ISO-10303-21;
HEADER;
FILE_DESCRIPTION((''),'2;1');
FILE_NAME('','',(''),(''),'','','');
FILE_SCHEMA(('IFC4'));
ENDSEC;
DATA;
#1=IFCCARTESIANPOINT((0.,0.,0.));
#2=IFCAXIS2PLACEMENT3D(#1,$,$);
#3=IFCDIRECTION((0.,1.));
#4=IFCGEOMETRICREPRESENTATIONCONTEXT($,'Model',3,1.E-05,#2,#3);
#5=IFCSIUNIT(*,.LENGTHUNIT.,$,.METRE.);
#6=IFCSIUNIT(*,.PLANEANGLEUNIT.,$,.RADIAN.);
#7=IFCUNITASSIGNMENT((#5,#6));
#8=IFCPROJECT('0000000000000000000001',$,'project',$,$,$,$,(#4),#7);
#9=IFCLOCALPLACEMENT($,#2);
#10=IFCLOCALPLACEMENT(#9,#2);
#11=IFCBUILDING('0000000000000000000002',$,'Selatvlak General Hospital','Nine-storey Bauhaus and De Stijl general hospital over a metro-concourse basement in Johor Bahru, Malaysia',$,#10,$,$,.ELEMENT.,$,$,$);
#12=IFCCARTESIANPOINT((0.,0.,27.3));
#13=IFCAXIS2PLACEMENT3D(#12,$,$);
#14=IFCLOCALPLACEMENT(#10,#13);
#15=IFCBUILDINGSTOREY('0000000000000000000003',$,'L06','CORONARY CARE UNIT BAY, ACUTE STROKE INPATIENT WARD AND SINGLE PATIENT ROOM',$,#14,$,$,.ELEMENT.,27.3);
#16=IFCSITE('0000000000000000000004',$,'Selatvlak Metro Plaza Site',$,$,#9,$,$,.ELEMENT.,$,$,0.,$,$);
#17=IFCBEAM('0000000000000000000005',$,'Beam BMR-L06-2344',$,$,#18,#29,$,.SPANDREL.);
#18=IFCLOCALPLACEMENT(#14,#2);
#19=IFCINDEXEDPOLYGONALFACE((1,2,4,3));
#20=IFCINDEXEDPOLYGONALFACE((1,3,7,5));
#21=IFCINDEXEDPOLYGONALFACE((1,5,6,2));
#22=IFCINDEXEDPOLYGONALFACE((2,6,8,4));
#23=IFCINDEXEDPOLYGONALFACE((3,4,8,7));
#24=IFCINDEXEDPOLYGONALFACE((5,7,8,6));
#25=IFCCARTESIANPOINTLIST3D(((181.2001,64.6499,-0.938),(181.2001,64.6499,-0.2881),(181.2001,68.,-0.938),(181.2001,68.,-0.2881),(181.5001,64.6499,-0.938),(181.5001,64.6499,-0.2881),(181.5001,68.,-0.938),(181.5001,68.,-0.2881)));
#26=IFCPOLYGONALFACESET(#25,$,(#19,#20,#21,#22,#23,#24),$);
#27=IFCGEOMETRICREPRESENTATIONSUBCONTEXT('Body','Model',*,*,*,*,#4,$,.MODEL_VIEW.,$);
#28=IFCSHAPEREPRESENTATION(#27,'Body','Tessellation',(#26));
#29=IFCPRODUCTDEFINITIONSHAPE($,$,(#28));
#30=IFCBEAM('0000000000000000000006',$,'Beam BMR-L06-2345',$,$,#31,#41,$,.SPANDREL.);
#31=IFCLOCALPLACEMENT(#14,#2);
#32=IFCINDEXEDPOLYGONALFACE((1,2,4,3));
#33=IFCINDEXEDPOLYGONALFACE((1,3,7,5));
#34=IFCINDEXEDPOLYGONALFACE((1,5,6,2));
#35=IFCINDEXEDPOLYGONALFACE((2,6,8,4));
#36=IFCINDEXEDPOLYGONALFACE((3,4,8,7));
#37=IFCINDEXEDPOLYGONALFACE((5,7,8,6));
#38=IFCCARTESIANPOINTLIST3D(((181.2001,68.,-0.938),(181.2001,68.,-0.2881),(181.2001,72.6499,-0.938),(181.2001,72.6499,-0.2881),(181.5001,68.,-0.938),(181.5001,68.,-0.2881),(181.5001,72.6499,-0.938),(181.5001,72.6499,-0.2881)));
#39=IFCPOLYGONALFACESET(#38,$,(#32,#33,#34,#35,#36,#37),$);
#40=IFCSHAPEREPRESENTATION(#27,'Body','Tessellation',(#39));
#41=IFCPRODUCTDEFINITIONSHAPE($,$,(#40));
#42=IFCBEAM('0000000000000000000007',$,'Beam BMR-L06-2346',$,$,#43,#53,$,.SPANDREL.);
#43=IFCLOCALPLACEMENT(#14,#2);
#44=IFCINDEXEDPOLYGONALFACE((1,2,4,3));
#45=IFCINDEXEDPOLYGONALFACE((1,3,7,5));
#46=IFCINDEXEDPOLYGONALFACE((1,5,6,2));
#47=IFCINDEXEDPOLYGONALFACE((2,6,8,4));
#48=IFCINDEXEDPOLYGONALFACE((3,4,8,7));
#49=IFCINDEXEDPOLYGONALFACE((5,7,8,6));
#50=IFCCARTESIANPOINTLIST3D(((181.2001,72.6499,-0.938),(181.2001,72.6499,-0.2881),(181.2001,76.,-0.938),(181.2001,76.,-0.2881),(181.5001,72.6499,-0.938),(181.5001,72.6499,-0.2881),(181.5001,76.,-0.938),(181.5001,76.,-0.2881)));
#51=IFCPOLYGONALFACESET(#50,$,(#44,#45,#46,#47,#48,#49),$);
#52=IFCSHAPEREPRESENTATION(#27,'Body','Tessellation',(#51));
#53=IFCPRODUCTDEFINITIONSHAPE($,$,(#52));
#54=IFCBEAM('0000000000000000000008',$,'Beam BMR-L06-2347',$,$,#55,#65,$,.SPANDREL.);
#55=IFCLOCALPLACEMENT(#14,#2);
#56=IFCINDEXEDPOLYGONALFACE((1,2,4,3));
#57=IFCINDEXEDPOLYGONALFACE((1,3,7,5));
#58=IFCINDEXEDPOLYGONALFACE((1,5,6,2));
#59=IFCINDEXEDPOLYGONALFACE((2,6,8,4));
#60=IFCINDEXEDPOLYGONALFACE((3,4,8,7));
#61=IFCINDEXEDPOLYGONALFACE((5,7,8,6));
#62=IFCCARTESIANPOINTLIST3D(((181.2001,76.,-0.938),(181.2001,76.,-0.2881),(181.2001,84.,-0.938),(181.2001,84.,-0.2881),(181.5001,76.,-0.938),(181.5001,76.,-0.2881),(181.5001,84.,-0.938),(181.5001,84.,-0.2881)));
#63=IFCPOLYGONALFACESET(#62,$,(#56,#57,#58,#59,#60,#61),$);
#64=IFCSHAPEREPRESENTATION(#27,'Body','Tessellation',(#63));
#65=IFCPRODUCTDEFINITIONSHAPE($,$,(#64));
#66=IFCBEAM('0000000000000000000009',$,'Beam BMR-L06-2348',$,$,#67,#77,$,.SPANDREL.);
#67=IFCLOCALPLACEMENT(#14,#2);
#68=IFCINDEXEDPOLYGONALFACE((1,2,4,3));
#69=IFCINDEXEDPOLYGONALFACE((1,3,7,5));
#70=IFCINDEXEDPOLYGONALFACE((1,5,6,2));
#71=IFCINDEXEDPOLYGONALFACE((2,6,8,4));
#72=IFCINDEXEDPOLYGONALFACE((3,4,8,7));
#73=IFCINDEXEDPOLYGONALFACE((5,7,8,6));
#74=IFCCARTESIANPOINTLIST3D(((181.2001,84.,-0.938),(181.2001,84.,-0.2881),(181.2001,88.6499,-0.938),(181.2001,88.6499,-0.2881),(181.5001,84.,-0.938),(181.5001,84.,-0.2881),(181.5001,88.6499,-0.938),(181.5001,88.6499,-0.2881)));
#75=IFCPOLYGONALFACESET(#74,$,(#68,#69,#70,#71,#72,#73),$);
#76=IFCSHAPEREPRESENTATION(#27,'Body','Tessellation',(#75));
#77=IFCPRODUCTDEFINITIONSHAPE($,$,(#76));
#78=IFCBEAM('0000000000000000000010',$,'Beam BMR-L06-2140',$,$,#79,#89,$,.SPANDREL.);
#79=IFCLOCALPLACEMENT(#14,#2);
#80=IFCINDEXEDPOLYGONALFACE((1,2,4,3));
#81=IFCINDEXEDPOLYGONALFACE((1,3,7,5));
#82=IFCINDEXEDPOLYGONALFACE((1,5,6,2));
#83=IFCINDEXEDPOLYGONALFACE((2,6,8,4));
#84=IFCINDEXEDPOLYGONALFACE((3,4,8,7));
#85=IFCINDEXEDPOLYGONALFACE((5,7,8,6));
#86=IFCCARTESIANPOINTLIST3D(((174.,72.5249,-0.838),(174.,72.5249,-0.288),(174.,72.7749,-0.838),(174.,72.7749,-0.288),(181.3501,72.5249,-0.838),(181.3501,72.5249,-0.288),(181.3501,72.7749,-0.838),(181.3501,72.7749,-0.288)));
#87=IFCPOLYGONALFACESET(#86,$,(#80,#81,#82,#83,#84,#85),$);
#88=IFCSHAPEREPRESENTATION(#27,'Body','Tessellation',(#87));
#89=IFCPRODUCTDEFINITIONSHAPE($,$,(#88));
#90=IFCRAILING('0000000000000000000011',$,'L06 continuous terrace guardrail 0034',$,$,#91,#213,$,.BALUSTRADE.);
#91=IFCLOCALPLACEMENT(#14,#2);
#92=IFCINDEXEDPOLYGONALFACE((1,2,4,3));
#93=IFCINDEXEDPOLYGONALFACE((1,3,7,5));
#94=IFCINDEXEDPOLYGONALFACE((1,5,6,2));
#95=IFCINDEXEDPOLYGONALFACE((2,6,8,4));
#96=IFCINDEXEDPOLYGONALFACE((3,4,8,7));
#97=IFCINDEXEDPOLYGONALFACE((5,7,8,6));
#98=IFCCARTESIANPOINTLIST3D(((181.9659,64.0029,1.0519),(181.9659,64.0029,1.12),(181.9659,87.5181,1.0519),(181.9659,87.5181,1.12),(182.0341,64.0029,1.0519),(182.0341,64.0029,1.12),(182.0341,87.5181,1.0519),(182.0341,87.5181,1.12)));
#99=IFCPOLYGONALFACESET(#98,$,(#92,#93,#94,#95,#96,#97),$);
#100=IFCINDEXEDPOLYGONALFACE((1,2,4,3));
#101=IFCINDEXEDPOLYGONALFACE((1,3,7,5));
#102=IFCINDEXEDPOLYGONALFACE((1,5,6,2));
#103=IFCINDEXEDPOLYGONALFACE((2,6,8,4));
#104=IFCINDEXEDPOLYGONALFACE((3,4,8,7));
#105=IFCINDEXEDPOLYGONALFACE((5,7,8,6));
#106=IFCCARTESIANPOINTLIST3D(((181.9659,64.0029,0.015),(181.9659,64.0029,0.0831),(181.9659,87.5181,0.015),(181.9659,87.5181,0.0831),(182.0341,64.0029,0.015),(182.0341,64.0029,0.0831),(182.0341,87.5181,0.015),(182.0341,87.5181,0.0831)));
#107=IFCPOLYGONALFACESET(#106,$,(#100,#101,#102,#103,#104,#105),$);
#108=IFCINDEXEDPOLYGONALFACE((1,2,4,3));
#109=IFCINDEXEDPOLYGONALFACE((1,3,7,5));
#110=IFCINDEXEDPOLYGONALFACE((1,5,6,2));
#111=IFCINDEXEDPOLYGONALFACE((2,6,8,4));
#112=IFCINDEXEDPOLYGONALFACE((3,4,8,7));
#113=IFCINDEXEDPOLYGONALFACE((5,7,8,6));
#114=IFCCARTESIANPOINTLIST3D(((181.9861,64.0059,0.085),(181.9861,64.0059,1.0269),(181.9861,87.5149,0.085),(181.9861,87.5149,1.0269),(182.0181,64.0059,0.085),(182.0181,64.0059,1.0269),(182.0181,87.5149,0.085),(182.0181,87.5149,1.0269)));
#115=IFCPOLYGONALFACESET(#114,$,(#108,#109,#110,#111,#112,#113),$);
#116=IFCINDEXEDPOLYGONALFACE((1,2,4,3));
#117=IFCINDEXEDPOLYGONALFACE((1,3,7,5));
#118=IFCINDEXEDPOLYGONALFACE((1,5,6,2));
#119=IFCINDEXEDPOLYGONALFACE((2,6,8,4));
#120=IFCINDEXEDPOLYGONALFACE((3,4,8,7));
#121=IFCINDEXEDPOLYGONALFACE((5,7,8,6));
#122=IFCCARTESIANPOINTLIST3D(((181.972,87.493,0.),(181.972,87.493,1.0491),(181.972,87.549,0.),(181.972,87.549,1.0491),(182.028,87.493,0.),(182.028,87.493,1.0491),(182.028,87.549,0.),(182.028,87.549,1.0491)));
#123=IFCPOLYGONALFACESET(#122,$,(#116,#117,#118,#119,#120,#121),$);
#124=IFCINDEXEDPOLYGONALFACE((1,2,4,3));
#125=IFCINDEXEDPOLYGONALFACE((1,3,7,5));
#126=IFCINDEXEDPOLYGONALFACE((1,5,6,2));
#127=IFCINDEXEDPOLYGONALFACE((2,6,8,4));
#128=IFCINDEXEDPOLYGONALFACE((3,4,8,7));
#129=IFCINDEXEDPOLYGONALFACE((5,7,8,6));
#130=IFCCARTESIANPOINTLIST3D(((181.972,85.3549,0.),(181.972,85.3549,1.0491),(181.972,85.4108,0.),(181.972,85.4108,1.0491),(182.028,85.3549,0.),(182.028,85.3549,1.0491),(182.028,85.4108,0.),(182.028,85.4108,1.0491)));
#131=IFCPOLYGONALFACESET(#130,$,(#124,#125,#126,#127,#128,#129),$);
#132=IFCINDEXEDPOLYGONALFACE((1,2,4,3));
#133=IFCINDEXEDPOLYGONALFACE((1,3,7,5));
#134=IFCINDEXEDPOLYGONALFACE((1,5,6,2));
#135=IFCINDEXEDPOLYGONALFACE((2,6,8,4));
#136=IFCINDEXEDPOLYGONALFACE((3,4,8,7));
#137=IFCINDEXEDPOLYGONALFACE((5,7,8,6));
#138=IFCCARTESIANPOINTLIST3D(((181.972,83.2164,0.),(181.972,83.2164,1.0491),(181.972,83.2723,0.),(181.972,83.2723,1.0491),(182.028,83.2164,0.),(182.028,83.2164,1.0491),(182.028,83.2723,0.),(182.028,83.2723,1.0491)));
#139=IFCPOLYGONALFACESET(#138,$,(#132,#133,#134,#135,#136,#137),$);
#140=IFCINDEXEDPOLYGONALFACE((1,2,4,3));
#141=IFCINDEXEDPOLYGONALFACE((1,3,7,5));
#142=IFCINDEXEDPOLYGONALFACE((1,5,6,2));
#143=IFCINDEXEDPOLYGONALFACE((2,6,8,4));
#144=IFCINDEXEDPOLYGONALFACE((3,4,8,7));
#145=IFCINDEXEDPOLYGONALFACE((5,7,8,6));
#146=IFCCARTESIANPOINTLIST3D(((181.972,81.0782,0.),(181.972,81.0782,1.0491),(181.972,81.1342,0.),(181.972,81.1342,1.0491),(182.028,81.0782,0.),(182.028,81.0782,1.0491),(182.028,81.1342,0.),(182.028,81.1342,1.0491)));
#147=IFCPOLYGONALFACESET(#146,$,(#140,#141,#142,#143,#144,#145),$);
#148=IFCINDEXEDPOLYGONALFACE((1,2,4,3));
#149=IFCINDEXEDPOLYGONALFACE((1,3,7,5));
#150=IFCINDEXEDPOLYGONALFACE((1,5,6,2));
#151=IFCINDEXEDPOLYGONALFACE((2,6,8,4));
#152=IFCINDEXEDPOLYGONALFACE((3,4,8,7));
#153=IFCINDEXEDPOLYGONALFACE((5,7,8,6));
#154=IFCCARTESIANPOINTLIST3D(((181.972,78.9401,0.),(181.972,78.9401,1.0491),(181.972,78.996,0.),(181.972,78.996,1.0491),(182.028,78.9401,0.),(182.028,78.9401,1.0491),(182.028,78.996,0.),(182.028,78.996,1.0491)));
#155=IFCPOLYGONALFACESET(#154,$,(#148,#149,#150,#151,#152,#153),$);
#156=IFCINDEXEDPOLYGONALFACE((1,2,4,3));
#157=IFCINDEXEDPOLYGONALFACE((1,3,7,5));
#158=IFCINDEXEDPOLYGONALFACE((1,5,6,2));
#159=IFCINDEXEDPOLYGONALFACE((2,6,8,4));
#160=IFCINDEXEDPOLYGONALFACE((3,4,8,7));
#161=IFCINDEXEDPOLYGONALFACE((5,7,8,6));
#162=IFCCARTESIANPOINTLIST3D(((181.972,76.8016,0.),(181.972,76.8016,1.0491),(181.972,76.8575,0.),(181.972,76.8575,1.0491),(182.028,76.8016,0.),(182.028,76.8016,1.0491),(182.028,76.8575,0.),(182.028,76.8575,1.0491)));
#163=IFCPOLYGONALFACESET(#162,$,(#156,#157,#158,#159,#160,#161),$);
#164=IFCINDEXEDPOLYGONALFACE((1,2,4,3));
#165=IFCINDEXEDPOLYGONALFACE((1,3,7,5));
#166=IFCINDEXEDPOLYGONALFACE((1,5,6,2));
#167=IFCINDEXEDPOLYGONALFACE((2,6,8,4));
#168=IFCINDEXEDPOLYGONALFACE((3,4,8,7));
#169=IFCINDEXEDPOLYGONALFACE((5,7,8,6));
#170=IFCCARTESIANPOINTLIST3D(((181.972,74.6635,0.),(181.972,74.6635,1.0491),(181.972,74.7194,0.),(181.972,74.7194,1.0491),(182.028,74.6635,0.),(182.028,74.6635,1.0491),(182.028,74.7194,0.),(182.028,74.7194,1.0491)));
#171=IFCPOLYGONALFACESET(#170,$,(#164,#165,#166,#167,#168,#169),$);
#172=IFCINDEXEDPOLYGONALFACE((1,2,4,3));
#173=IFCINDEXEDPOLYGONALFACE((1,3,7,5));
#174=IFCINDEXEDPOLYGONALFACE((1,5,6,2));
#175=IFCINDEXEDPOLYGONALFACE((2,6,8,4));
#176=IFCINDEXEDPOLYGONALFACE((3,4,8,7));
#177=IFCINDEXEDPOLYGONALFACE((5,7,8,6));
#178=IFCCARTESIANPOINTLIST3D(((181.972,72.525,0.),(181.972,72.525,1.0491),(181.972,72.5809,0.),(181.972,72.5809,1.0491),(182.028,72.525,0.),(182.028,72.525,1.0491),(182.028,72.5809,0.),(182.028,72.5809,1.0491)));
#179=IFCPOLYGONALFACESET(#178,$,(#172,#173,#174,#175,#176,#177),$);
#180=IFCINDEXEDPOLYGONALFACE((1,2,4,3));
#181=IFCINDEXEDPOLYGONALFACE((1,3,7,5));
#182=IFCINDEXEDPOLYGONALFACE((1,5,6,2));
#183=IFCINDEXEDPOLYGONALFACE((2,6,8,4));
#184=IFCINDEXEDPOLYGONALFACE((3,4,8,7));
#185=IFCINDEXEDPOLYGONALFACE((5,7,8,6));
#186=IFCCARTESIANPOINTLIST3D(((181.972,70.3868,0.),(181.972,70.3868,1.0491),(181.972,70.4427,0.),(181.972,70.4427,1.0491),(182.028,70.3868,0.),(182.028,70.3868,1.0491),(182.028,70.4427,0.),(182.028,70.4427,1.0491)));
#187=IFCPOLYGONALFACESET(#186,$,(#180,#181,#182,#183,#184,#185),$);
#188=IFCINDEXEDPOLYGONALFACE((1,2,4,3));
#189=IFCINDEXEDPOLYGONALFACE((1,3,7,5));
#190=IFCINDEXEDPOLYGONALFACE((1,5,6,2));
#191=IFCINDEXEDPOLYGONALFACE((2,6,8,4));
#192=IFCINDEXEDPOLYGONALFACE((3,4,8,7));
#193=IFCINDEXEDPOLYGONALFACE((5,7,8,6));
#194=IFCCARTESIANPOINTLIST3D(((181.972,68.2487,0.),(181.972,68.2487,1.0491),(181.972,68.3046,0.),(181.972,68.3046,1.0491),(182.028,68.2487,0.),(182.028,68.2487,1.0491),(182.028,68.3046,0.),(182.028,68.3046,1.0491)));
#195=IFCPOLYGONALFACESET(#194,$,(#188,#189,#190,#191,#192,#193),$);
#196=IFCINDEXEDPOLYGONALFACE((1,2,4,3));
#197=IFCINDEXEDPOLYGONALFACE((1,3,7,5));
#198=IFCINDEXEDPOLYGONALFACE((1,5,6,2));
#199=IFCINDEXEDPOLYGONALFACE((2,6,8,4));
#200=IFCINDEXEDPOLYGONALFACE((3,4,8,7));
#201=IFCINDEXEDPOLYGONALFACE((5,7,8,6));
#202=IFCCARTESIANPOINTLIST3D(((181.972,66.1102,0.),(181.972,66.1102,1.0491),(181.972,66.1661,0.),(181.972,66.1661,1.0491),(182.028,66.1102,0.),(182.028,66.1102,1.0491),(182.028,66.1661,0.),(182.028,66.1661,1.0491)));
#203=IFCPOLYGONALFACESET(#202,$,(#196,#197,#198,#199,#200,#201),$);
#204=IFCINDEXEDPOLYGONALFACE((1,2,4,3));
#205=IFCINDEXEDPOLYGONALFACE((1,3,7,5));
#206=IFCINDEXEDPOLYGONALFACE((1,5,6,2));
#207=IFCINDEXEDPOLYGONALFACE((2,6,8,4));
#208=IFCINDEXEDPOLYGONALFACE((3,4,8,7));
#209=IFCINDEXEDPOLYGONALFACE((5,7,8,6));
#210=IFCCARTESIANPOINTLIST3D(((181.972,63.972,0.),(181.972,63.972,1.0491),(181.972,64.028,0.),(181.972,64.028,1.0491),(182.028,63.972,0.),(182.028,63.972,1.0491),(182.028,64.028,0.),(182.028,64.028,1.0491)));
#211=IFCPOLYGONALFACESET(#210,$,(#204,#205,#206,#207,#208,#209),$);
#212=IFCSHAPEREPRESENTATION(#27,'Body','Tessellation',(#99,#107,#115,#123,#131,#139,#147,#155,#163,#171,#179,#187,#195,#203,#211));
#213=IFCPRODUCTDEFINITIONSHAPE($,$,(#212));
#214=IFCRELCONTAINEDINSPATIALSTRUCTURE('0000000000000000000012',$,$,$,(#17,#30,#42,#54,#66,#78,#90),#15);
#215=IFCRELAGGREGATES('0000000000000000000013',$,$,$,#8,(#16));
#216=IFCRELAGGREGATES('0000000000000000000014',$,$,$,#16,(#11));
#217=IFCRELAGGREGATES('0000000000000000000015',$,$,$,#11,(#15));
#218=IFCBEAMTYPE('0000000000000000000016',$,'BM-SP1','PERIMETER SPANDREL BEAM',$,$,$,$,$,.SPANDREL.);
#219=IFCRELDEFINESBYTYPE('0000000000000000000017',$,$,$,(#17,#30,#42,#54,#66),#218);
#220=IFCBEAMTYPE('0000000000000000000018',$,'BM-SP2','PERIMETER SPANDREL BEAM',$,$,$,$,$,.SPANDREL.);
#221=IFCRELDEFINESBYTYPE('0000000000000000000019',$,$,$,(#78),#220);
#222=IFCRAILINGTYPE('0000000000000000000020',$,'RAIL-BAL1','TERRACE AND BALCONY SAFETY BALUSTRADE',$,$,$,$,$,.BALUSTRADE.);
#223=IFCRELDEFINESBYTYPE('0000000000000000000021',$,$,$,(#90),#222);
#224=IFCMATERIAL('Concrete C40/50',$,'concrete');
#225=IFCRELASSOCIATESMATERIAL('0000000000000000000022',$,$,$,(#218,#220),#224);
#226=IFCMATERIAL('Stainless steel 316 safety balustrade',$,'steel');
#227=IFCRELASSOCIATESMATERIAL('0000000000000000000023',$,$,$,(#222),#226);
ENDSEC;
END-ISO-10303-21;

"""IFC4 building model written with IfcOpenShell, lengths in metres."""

from ifc_helpers import new_model, si_unit, direction, frame, origin, origin_2d, place, context, subcontext, project, spatial, polyline, rectangle, outline, extrude, material, material_profile, profile_set, type_object, element, save


model = new_model("IFC4")

# Units and contexts
model_context = context("Model", 3, precision=1e-05, world=origin(), true_north=direction((0.0, 1.0)))
body_context = subcontext(model_context, "Body", "Model", "MODEL_VIEW")
ifc_project = project(units=[si_unit("LENGTHUNIT", "METRE"), si_unit("PLANEANGLEUNIT", "RADIAN")], contexts=[model_context])

# Site, building, storey
site_placement = place(None, origin())
site = spatial("IfcSite", under=ifc_project, at=site_placement, Name="Selatvlak Metro Plaza Site", CompositionType="ELEMENT", RefElevation=0.0)
building_placement = place(site_placement, origin())
building = spatial("IfcBuilding", under=site, at=building_placement, Name="Selatvlak General Hospital", Description="Nine-storey Bauhaus and De Stijl general hospital over a metro-concourse basement in Johor Bahru, Malaysia", CompositionType="ELEMENT")
storey_placement = place(building_placement, frame((0.0, 0.0, 27.3)))
storey = spatial("IfcBuildingStorey", under=building, at=storey_placement, Name="L06", Description="CORONARY CARE UNIT BAY, ACUTE STROKE INPATIENT WARD AND SINGLE PATIENT ROOM", CompositionType="ELEMENT", Elevation=27.3)

# Beams
ifc_material_1 = material(Name="Concrete C40/50", Category="concrete")
ifc_material_profile_1 = material_profile(ifc_material_1, rectangle(XDim=0.3, YDim=0.6499, at=origin_2d()), Name="RC-SP 300x650")
ifc_profile_set_1 = profile_set([ifc_material_profile_1], Name="Concrete C40/50")
beam_type_1 = type_object("IfcBeamType", Name="BM-SP1", Description="PERIMETER SPANDREL BEAM", PredefinedType="SPANDREL", material=ifc_profile_set_1)
beam_1_placement = place(storey_placement, frame((181.3501, 64.6499, -0.613), z_axis=(0.0, 1.0, 0.0), x_axis=(-1.0, 0.0, 0.0)))
element("IfcBeam", 1, at=beam_1_placement, inside=storey, type_object=beam_type_1, Name="Beam BMR-L06-2344", PredefinedType="SPANDREL", context=body_context, shape_type="SweptSolid", body=[
    extrude(rectangle(XDim=0.3, YDim=0.6499, at=origin_2d()), origin(), (0.0, 0.0, 1.0), 3.3501),
])
beam_2_placement = place(storey_placement, frame((181.3501, 68.0, -0.613), z_axis=(0.0, 1.0, 0.0), x_axis=(-1.0, 0.0, 0.0)))
element("IfcBeam", 2, at=beam_2_placement, inside=storey, type_object=beam_type_1, Name="Beam BMR-L06-2345", PredefinedType="SPANDREL", context=body_context, shape_type="SweptSolid", body=[
    extrude(rectangle(XDim=0.3, YDim=0.6499, at=origin_2d()), origin(), (0.0, 0.0, 1.0), 4.6499),
])
beam_3_placement = place(storey_placement, frame((181.3501, 72.6499, -0.613), z_axis=(0.0, 1.0, 0.0), x_axis=(-1.0, 0.0, 0.0)))
element("IfcBeam", 3, at=beam_3_placement, inside=storey, type_object=beam_type_1, Name="Beam BMR-L06-2346", PredefinedType="SPANDREL", context=body_context, shape_type="SweptSolid", body=[
    extrude(rectangle(XDim=0.3, YDim=0.6499, at=origin_2d()), origin(), (0.0, 0.0, 1.0), 3.3501),
])
beam_4_placement = place(storey_placement, frame((181.3501, 76.0, -0.613), z_axis=(0.0, 1.0, 0.0), x_axis=(-1.0, 0.0, 0.0)))
element("IfcBeam", 4, at=beam_4_placement, inside=storey, type_object=beam_type_1, Name="Beam BMR-L06-2347", PredefinedType="SPANDREL", context=body_context, shape_type="SweptSolid", body=[
    extrude(rectangle(XDim=0.3, YDim=0.6499, at=origin_2d()), origin(), (0.0, 0.0, 1.0), 8.0),
])
beam_5_placement = place(storey_placement, frame((181.3501, 84.0, -0.613), z_axis=(0.0, 1.0, 0.0), x_axis=(-1.0, 0.0, 0.0)))
element("IfcBeam", 5, at=beam_5_placement, inside=storey, type_object=beam_type_1, Name="Beam BMR-L06-2348", PredefinedType="SPANDREL", context=body_context, shape_type="SweptSolid", body=[
    extrude(rectangle(XDim=0.3, YDim=0.6499, at=origin_2d()), origin(), (0.0, 0.0, 1.0), 4.6499),
])
ifc_material_profile_2 = material_profile(ifc_material_1, rectangle(XDim=0.25, YDim=0.55, at=origin_2d()), Name="RC-SP 250x550")
ifc_profile_set_2 = profile_set([ifc_material_profile_2], Name="Concrete C40/50")
beam_type_2 = type_object("IfcBeamType", Name="BM-SP2", Description="PERIMETER SPANDREL BEAM", PredefinedType="SPANDREL", material=ifc_profile_set_2)
beam_6_placement = place(storey_placement, frame((174.0, 72.6499, -0.563), z_axis=(1.0, 0.0, 0.0), x_axis=(0.0, 1.0, 0.0)))
element("IfcBeam", 6, at=beam_6_placement, inside=storey, type_object=beam_type_2, Name="Beam BMR-L06-2140", PredefinedType="SPANDREL", context=body_context, shape_type="SweptSolid", body=[
    extrude(rectangle(XDim=0.25, YDim=0.55, at=origin_2d()), origin(), (0.0, 0.0, 1.0), 7.3501),
])

# Railing
ifc_material_2 = material(Name="Stainless steel 316 safety balustrade", Category="steel")
railing_type = type_object("IfcRailingType", Name="RAIL-BAL1", Description="TERRACE AND BALCONY SAFETY BALUSTRADE", PredefinedType="BALUSTRADE", material=ifc_material_2)
railing_1_placement = place(storey_placement, frame((182.0, 87.521, 0.0)))
element("IfcRailing", 7, at=railing_1_placement, inside=storey, type_object=railing_type, Name="L06 continuous terrace guardrail 0034", PredefinedType="BALUSTRADE", context=body_context, shape_type="SweptSolid", body=[
    extrude(rectangle(XDim=0.0681, YDim=0.0681, at=origin_2d()), frame((0.0, -0.0029, 1.0859), z_axis=(0.0, -1.0, 0.0), x_axis=(1.0, 0.0, 0.0)), (0.0, 0.0, 1.0), 23.5151),
    extrude(rectangle(XDim=0.0681, YDim=0.0681, at=origin_2d()), frame((0.0, -0.0029, 0.0491), z_axis=(0.0, -1.0, 0.0), x_axis=(1.0, 0.0, 0.0)), (0.0, 0.0, 1.0), 23.5151),
    extrude(outline(polyline([(0.0, 0.0), (23.509, 0.0), (23.509, 0.9419), (0.0, 0.9419), (0.0, 0.0)])), frame((0.0181, -0.0061, 0.085), z_axis=(-1.0, 0.0, 0.0), x_axis=(0.0, -1.0, 0.0)), (0.0, 0.0, 1.0), 0.032),
    extrude(rectangle(XDim=0.0559, YDim=0.0559, at=origin_2d()), origin(), (0.0, 0.0, 1.0), 1.0491),
    extrude(rectangle(XDim=0.0559, YDim=0.0559, at=origin_2d()), frame((0.0, -2.1382, 0.0)), (0.0, 0.0, 1.0), 1.0491),
    extrude(rectangle(XDim=0.0559, YDim=0.0559, at=origin_2d()), frame((0.0, -4.2766, 0.0)), (0.0, 0.0, 1.0), 1.0491),
    extrude(rectangle(XDim=0.0559, YDim=0.0559, at=origin_2d()), frame((0.0, -6.4148, 0.0)), (0.0, 0.0, 1.0), 1.0491),
    extrude(rectangle(XDim=0.0559, YDim=0.0559, at=origin_2d()), frame((0.0, -8.553, 0.0)), (0.0, 0.0, 1.0), 1.0491),
    extrude(rectangle(XDim=0.0559, YDim=0.0559, at=origin_2d()), frame((0.0, -10.6914, 0.0)), (0.0, 0.0, 1.0), 1.0491),
    extrude(rectangle(XDim=0.0559, YDim=0.0559, at=origin_2d()), frame((0.0, -12.8296, 0.0)), (0.0, 0.0, 1.0), 1.0491),
    extrude(rectangle(XDim=0.0559, YDim=0.0559, at=origin_2d()), frame((0.0, -14.968, 0.0)), (0.0, 0.0, 1.0), 1.0491),
    extrude(rectangle(XDim=0.0559, YDim=0.0559, at=origin_2d()), frame((0.0, -17.1062, 0.0)), (0.0, 0.0, 1.0), 1.0491),
    extrude(rectangle(XDim=0.0559, YDim=0.0559, at=origin_2d()), frame((0.0, -19.2444, 0.0)), (0.0, 0.0, 1.0), 1.0491),
    extrude(rectangle(XDim=0.0559, YDim=0.0559, at=origin_2d()), frame((0.0, -21.3828, 0.0)), (0.0, 0.0, 1.0), 1.0491),
    extrude(rectangle(XDim=0.0559, YDim=0.0559, at=origin_2d()), frame((0.0, -23.521, 0.0)), (0.0, 0.0, 1.0), 1.0491),
])

save(model, "model.ifc")
